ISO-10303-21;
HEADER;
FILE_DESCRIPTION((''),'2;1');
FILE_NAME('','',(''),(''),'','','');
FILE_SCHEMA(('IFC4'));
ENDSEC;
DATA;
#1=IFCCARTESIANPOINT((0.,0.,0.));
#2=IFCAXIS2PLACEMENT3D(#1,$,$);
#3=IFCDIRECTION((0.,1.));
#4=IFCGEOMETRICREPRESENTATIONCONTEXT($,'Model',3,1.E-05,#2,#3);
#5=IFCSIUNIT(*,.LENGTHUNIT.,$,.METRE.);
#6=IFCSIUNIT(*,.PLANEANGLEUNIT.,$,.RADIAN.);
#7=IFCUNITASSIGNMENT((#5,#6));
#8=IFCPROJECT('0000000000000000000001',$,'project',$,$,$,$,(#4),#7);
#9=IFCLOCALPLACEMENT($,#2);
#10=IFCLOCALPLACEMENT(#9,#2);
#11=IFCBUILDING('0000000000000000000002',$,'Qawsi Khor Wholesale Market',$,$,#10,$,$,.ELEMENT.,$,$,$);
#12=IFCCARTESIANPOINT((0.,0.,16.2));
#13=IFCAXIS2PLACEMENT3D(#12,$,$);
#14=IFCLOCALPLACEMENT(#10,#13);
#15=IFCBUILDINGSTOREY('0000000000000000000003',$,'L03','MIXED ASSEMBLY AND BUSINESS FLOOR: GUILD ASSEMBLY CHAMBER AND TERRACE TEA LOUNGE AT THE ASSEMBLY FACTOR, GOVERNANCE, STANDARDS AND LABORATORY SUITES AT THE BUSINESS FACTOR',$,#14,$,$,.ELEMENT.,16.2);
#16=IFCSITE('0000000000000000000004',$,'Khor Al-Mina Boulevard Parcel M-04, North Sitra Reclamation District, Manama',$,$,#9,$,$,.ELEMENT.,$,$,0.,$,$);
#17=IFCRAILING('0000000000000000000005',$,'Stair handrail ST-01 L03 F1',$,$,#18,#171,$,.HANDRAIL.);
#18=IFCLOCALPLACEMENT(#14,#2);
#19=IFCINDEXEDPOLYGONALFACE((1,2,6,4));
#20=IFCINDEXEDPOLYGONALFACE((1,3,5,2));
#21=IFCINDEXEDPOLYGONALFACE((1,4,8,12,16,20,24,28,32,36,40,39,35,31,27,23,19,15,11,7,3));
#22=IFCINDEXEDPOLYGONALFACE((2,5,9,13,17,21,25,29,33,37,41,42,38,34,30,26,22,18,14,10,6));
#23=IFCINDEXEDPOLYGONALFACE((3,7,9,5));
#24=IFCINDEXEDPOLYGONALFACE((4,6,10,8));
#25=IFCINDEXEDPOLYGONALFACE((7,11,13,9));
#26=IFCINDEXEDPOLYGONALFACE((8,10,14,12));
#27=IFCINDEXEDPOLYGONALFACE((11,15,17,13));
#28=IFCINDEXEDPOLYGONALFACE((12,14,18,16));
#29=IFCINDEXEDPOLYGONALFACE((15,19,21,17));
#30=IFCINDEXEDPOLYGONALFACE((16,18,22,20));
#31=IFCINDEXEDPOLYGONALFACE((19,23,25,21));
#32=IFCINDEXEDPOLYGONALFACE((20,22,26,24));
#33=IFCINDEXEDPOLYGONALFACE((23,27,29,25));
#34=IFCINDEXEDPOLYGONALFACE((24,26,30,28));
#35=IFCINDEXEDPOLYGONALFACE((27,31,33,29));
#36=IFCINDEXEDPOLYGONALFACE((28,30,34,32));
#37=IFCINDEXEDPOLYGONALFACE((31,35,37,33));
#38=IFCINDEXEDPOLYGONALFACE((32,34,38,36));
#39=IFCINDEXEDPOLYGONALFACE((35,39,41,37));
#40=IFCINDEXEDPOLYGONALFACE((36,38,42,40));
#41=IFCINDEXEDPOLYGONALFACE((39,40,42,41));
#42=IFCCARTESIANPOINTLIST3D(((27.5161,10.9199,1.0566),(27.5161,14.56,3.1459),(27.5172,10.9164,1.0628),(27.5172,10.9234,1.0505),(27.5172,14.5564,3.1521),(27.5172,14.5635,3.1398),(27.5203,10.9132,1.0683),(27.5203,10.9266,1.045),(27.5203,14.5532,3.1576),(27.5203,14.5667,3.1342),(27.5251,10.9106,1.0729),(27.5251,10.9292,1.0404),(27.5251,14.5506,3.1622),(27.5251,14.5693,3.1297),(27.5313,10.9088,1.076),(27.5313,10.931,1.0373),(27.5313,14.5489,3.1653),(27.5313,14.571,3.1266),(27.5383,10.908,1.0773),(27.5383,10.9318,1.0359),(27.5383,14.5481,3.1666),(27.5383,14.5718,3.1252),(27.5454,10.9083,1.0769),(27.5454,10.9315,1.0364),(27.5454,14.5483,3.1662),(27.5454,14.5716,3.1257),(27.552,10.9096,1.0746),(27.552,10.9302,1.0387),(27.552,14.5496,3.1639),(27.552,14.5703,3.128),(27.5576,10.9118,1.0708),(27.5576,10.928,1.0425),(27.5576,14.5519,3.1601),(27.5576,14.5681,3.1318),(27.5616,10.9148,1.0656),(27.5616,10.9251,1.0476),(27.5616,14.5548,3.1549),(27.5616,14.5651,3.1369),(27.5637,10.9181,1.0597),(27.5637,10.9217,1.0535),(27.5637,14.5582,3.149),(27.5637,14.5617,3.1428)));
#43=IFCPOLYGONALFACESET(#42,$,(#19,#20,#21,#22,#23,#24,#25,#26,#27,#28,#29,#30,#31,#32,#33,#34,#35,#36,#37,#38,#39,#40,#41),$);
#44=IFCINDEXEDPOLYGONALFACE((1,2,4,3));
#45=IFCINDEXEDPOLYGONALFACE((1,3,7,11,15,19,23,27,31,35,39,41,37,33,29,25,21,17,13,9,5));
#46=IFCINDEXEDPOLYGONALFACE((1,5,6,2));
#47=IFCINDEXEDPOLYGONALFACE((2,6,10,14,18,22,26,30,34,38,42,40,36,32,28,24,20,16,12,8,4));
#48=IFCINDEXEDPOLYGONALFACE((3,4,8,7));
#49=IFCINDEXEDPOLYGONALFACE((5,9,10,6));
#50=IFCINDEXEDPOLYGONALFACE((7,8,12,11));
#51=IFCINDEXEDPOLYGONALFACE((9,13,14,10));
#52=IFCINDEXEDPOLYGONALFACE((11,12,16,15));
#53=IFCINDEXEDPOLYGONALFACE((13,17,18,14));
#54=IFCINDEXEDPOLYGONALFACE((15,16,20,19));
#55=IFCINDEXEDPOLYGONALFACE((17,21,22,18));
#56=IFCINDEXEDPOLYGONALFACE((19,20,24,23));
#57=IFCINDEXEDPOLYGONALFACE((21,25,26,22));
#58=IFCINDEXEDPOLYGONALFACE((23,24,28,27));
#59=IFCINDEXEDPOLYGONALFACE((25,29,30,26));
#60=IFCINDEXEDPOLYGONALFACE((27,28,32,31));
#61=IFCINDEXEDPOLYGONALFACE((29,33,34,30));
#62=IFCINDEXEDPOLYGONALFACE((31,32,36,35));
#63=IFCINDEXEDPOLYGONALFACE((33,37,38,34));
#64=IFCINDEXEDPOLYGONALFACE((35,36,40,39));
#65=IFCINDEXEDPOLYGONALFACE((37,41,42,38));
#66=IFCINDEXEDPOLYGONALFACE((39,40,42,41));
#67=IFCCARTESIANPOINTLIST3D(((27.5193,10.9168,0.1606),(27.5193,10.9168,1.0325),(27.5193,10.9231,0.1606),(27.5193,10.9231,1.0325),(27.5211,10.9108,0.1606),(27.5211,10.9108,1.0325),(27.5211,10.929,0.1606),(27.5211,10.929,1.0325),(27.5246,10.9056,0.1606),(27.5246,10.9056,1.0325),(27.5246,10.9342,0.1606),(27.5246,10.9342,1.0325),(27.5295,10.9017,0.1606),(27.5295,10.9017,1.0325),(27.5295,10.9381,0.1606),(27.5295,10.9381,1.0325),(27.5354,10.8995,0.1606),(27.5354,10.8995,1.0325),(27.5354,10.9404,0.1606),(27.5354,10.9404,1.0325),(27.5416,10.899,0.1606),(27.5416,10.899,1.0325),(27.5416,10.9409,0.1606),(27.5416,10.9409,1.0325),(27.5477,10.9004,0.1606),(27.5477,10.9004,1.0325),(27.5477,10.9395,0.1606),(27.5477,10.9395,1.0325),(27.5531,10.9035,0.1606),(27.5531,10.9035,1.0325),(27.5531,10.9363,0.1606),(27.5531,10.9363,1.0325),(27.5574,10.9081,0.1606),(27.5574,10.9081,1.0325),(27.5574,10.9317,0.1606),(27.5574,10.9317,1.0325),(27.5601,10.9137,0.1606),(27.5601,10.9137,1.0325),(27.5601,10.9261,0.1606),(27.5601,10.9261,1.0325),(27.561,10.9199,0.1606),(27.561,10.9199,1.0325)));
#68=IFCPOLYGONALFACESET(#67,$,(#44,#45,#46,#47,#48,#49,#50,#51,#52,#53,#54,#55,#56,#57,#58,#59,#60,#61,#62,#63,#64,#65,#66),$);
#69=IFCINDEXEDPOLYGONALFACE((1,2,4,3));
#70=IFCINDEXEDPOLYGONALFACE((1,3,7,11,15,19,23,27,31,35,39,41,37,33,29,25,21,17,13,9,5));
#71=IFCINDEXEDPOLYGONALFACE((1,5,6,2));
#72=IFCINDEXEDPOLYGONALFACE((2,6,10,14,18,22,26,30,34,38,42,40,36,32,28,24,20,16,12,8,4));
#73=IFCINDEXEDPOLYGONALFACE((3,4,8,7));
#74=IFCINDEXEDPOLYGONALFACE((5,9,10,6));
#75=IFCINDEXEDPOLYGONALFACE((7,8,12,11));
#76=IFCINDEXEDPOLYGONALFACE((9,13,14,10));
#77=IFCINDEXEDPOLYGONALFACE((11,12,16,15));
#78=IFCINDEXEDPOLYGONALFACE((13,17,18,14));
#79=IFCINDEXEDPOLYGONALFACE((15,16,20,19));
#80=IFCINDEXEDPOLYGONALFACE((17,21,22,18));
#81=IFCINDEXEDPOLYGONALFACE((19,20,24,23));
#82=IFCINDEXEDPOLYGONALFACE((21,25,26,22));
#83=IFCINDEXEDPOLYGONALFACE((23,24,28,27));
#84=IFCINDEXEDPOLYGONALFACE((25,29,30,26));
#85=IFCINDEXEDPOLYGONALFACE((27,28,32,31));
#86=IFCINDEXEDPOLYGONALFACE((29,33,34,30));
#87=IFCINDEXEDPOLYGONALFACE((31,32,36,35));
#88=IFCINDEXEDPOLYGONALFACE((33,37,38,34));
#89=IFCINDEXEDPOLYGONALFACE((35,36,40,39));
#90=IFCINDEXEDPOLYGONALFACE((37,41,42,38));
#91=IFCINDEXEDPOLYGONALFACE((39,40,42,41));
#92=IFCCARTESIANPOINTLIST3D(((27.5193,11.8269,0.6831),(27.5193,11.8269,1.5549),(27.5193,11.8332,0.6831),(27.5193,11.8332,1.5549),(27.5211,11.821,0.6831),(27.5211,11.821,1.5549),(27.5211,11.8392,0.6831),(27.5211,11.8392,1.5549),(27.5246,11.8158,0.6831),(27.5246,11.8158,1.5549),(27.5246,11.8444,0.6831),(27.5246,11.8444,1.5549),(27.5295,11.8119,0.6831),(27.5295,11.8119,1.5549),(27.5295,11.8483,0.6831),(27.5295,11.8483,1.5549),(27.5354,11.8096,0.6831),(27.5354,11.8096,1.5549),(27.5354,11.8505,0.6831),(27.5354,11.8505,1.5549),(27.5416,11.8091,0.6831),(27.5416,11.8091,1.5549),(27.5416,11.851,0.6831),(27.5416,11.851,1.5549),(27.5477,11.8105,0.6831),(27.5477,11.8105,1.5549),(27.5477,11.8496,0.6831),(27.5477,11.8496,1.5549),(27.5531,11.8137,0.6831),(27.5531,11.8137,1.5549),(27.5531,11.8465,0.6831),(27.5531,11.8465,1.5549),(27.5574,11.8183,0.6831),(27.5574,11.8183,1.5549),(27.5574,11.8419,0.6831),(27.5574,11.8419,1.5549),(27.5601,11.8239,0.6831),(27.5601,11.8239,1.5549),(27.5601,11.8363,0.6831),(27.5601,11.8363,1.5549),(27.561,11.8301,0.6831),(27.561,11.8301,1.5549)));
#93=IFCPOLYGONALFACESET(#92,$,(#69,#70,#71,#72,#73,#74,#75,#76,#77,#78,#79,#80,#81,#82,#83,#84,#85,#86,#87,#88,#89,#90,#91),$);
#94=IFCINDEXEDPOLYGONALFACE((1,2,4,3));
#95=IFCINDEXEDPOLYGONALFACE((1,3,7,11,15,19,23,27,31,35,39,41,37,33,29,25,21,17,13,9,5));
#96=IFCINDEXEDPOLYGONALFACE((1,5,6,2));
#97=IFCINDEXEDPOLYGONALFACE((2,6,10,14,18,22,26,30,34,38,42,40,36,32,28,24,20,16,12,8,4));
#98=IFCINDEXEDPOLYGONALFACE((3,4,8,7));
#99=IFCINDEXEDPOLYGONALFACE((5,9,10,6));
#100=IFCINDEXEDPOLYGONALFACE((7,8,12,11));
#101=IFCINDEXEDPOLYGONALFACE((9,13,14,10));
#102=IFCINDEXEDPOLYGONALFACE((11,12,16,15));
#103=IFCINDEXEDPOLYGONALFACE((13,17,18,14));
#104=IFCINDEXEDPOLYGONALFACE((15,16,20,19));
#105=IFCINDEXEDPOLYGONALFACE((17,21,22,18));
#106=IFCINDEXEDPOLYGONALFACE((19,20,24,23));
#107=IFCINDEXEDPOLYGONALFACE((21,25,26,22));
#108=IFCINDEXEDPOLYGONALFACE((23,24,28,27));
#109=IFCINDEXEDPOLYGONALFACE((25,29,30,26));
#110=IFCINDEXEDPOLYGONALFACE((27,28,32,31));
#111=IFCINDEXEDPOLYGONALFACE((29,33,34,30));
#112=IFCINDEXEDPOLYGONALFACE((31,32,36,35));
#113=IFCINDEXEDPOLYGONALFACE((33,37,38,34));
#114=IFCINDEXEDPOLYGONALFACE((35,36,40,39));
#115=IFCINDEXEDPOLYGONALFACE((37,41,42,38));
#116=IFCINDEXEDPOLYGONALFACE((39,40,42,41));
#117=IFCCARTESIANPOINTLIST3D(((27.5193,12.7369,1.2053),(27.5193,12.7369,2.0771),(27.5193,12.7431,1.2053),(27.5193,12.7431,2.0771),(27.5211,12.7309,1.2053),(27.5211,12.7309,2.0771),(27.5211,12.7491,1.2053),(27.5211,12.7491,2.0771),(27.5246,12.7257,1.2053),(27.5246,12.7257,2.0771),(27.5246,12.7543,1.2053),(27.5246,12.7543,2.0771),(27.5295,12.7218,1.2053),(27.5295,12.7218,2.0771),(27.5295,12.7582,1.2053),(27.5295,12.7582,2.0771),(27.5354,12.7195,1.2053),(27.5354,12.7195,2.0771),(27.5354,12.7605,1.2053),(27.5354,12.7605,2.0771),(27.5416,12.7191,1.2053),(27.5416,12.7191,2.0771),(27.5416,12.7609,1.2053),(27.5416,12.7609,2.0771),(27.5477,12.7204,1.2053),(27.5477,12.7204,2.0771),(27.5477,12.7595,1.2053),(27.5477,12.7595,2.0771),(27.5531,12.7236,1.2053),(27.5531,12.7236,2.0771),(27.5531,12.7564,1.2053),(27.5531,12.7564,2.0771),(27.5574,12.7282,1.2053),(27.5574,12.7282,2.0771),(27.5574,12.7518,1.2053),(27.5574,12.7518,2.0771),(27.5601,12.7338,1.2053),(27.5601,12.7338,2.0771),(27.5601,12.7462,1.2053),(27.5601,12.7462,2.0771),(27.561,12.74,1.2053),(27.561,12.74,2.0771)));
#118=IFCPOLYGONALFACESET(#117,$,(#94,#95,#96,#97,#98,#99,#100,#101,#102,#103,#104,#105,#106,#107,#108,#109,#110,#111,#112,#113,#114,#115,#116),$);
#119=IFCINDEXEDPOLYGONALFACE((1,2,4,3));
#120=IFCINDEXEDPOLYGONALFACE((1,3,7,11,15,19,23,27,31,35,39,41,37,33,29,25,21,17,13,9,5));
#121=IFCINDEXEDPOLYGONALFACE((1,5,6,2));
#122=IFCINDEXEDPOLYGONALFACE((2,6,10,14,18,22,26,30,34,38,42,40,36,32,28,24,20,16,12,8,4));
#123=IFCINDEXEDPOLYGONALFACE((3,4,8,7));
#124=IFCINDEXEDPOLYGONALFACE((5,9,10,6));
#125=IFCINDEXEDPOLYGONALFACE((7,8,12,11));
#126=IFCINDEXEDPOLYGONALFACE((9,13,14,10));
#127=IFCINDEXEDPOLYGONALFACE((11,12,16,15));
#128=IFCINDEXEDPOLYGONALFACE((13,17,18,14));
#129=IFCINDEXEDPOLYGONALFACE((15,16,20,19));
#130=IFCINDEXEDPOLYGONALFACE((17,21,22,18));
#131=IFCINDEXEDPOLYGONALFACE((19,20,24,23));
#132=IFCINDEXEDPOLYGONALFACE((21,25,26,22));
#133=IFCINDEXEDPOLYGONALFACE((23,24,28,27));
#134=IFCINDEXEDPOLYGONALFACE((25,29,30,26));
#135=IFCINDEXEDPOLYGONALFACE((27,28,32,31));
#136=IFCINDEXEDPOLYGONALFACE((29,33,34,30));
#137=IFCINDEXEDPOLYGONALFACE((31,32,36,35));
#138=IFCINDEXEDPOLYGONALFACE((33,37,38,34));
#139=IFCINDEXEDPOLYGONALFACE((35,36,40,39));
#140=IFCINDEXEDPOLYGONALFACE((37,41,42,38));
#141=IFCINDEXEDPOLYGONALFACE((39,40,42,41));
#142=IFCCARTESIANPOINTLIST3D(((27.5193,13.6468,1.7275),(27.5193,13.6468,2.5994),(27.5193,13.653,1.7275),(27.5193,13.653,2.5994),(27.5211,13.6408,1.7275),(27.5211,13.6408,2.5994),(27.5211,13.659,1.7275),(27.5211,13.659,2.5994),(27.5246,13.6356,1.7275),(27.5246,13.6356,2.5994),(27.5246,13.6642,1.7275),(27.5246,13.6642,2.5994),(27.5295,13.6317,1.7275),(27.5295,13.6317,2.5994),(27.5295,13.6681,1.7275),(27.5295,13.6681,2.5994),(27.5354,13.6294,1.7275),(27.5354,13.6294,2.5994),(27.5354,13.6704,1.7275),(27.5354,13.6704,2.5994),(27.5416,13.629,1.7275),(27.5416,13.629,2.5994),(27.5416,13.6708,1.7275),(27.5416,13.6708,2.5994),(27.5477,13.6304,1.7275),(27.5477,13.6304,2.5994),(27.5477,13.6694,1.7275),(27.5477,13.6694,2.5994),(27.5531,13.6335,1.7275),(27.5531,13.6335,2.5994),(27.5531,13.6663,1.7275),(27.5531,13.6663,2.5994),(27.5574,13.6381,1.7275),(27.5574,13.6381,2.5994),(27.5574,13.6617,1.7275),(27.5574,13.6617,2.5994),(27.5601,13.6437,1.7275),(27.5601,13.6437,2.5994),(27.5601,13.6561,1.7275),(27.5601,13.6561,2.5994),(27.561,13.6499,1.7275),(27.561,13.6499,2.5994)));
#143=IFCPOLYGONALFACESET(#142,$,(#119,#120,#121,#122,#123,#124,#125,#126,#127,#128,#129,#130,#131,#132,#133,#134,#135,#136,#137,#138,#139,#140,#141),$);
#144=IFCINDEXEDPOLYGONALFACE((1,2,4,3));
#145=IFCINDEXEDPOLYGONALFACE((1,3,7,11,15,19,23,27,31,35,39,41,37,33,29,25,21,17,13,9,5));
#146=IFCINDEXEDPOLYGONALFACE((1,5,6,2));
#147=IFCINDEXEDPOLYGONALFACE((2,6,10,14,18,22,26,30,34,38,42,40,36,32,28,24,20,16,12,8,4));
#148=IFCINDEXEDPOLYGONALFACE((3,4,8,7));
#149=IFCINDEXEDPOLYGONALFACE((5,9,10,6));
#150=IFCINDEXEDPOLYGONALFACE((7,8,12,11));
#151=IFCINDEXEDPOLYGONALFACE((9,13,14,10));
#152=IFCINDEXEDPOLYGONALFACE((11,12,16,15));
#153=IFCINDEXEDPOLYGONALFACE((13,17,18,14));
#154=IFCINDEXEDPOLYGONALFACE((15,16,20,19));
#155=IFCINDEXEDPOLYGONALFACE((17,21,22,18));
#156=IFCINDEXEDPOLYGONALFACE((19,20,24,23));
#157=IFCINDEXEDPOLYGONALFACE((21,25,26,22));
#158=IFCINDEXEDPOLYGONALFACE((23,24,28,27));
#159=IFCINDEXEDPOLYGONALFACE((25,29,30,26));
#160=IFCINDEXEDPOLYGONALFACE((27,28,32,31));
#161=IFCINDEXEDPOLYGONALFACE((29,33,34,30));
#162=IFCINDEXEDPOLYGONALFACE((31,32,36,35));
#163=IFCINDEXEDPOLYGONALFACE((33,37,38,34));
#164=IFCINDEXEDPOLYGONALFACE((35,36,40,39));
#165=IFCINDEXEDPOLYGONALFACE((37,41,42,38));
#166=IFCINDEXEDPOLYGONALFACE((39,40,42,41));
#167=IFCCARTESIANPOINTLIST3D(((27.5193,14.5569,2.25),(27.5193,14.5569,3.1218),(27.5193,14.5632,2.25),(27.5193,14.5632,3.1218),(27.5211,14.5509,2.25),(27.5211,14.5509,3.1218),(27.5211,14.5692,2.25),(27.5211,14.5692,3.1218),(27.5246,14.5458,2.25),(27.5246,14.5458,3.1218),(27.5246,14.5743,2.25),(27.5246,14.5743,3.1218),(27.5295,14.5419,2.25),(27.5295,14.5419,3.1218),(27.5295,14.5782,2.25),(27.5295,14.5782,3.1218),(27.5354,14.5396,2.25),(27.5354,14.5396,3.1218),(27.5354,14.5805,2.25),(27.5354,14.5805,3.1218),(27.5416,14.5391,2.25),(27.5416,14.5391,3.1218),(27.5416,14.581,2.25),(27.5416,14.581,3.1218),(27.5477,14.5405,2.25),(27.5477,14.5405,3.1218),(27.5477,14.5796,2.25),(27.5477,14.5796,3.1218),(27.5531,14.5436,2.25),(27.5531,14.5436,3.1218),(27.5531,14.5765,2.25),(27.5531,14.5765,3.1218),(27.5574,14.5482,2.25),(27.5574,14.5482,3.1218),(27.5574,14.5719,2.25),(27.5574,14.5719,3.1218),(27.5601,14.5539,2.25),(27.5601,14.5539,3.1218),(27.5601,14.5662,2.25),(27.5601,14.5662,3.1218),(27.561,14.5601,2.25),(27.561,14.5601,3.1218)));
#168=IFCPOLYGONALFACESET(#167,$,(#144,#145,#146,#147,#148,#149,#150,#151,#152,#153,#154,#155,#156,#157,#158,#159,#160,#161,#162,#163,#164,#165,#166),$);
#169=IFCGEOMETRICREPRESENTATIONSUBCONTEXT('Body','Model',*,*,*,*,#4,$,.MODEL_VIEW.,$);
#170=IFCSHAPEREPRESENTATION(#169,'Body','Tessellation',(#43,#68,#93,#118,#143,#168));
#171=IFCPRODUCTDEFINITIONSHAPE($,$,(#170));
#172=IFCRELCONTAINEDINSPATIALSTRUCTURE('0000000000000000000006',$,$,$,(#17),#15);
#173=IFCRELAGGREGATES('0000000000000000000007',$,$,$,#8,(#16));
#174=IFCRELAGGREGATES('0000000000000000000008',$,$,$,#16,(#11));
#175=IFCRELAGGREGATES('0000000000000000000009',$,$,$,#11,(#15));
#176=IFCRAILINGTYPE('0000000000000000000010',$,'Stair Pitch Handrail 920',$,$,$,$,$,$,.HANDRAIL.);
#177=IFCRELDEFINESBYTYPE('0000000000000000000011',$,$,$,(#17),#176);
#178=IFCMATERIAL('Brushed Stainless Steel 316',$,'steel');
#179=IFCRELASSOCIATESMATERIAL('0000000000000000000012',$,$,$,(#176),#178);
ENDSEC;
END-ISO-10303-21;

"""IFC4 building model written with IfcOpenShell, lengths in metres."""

from ifc_helpers import new_model, si_unit, direction, frame, origin, origin_2d, place, context, subcontext, project, spatial, circle, extrude, material, type_object, element, save


model = new_model("IFC4")

# Units and contexts
model_context = context("Model", 3, precision=1e-05, world=origin(), true_north=direction((0.0, 1.0)))
body_context = subcontext(model_context, "Body", "Model", "MODEL_VIEW")
ifc_project = project(units=[si_unit("LENGTHUNIT", "METRE"), si_unit("PLANEANGLEUNIT", "RADIAN")], contexts=[model_context])

# Site, building, storey
site_placement = place(None, origin())
site = spatial("IfcSite", under=ifc_project, at=site_placement, Name="Khor Al-Mina Boulevard Parcel M-04, North Sitra Reclamation District, Manama", CompositionType="ELEMENT", RefElevation=0.0)
building_placement = place(site_placement, origin())
building = spatial("IfcBuilding", under=site, at=building_placement, Name="Qawsi Khor Wholesale Market", CompositionType="ELEMENT")
storey_placement = place(building_placement, frame((0.0, 0.0, 16.2)))
storey = spatial("IfcBuildingStorey", under=building, at=storey_placement, Name="L03", Description="MIXED ASSEMBLY AND BUSINESS FLOOR: GUILD ASSEMBLY CHAMBER AND TERRACE TEA LOUNGE AT THE ASSEMBLY FACTOR, GOVERNANCE, STANDARDS AND LABORATORY SUITES AT THE BUSINESS FACTOR", CompositionType="ELEMENT", Elevation=16.2)

# Railing
ifc_material_1 = material(Name="Brushed Stainless Steel 316", Category="steel")
railing_type_1 = type_object("IfcRailingType", Name="Stair Pitch Handrail 920", PredefinedType="HANDRAIL", material=ifc_material_1)
railing_1_placement = place(storey_placement, frame((27.54, 10.9199, 0.1606)))
element("IfcRailing", 1, at=railing_1_placement, inside=storey, type_object=railing_type_1, Name="Stair handrail ST-01 L03 F1", PredefinedType="HANDRAIL", context=body_context, shape_type="SweptSolid", body=[
    extrude(circle(Radius=0.0239, at=origin_2d()), frame((0.0, 0.0, 0.896), z_axis=(0.0, 0.867289, 0.497804), x_axis=(-1.0, 0.0, 0.0)), (0.0, 0.0, 1.0), 4.197),
    extrude(circle(Radius=0.021, at=origin_2d()), origin(), (0.0, 0.0, 1.0), 0.8718),
    extrude(circle(Radius=0.021, at=origin_2d()), frame((0.0, 0.9102, 0.5225)), (0.0, 0.0, 1.0), 0.8718),
    extrude(circle(Radius=0.021, at=origin_2d()), frame((0.0, 1.8201, 1.0447)), (0.0, 0.0, 1.0), 0.8718),
    extrude(circle(Radius=0.021, at=origin_2d()), frame((0.0, 2.73, 1.5669)), (0.0, 0.0, 1.0), 0.8718),
    extrude(circle(Radius=0.021, at=origin_2d()), frame((0.0, 3.6401, 2.0894)), (0.0, 0.0, 1.0), 0.8718),
])

save(model, "model.ifc")
